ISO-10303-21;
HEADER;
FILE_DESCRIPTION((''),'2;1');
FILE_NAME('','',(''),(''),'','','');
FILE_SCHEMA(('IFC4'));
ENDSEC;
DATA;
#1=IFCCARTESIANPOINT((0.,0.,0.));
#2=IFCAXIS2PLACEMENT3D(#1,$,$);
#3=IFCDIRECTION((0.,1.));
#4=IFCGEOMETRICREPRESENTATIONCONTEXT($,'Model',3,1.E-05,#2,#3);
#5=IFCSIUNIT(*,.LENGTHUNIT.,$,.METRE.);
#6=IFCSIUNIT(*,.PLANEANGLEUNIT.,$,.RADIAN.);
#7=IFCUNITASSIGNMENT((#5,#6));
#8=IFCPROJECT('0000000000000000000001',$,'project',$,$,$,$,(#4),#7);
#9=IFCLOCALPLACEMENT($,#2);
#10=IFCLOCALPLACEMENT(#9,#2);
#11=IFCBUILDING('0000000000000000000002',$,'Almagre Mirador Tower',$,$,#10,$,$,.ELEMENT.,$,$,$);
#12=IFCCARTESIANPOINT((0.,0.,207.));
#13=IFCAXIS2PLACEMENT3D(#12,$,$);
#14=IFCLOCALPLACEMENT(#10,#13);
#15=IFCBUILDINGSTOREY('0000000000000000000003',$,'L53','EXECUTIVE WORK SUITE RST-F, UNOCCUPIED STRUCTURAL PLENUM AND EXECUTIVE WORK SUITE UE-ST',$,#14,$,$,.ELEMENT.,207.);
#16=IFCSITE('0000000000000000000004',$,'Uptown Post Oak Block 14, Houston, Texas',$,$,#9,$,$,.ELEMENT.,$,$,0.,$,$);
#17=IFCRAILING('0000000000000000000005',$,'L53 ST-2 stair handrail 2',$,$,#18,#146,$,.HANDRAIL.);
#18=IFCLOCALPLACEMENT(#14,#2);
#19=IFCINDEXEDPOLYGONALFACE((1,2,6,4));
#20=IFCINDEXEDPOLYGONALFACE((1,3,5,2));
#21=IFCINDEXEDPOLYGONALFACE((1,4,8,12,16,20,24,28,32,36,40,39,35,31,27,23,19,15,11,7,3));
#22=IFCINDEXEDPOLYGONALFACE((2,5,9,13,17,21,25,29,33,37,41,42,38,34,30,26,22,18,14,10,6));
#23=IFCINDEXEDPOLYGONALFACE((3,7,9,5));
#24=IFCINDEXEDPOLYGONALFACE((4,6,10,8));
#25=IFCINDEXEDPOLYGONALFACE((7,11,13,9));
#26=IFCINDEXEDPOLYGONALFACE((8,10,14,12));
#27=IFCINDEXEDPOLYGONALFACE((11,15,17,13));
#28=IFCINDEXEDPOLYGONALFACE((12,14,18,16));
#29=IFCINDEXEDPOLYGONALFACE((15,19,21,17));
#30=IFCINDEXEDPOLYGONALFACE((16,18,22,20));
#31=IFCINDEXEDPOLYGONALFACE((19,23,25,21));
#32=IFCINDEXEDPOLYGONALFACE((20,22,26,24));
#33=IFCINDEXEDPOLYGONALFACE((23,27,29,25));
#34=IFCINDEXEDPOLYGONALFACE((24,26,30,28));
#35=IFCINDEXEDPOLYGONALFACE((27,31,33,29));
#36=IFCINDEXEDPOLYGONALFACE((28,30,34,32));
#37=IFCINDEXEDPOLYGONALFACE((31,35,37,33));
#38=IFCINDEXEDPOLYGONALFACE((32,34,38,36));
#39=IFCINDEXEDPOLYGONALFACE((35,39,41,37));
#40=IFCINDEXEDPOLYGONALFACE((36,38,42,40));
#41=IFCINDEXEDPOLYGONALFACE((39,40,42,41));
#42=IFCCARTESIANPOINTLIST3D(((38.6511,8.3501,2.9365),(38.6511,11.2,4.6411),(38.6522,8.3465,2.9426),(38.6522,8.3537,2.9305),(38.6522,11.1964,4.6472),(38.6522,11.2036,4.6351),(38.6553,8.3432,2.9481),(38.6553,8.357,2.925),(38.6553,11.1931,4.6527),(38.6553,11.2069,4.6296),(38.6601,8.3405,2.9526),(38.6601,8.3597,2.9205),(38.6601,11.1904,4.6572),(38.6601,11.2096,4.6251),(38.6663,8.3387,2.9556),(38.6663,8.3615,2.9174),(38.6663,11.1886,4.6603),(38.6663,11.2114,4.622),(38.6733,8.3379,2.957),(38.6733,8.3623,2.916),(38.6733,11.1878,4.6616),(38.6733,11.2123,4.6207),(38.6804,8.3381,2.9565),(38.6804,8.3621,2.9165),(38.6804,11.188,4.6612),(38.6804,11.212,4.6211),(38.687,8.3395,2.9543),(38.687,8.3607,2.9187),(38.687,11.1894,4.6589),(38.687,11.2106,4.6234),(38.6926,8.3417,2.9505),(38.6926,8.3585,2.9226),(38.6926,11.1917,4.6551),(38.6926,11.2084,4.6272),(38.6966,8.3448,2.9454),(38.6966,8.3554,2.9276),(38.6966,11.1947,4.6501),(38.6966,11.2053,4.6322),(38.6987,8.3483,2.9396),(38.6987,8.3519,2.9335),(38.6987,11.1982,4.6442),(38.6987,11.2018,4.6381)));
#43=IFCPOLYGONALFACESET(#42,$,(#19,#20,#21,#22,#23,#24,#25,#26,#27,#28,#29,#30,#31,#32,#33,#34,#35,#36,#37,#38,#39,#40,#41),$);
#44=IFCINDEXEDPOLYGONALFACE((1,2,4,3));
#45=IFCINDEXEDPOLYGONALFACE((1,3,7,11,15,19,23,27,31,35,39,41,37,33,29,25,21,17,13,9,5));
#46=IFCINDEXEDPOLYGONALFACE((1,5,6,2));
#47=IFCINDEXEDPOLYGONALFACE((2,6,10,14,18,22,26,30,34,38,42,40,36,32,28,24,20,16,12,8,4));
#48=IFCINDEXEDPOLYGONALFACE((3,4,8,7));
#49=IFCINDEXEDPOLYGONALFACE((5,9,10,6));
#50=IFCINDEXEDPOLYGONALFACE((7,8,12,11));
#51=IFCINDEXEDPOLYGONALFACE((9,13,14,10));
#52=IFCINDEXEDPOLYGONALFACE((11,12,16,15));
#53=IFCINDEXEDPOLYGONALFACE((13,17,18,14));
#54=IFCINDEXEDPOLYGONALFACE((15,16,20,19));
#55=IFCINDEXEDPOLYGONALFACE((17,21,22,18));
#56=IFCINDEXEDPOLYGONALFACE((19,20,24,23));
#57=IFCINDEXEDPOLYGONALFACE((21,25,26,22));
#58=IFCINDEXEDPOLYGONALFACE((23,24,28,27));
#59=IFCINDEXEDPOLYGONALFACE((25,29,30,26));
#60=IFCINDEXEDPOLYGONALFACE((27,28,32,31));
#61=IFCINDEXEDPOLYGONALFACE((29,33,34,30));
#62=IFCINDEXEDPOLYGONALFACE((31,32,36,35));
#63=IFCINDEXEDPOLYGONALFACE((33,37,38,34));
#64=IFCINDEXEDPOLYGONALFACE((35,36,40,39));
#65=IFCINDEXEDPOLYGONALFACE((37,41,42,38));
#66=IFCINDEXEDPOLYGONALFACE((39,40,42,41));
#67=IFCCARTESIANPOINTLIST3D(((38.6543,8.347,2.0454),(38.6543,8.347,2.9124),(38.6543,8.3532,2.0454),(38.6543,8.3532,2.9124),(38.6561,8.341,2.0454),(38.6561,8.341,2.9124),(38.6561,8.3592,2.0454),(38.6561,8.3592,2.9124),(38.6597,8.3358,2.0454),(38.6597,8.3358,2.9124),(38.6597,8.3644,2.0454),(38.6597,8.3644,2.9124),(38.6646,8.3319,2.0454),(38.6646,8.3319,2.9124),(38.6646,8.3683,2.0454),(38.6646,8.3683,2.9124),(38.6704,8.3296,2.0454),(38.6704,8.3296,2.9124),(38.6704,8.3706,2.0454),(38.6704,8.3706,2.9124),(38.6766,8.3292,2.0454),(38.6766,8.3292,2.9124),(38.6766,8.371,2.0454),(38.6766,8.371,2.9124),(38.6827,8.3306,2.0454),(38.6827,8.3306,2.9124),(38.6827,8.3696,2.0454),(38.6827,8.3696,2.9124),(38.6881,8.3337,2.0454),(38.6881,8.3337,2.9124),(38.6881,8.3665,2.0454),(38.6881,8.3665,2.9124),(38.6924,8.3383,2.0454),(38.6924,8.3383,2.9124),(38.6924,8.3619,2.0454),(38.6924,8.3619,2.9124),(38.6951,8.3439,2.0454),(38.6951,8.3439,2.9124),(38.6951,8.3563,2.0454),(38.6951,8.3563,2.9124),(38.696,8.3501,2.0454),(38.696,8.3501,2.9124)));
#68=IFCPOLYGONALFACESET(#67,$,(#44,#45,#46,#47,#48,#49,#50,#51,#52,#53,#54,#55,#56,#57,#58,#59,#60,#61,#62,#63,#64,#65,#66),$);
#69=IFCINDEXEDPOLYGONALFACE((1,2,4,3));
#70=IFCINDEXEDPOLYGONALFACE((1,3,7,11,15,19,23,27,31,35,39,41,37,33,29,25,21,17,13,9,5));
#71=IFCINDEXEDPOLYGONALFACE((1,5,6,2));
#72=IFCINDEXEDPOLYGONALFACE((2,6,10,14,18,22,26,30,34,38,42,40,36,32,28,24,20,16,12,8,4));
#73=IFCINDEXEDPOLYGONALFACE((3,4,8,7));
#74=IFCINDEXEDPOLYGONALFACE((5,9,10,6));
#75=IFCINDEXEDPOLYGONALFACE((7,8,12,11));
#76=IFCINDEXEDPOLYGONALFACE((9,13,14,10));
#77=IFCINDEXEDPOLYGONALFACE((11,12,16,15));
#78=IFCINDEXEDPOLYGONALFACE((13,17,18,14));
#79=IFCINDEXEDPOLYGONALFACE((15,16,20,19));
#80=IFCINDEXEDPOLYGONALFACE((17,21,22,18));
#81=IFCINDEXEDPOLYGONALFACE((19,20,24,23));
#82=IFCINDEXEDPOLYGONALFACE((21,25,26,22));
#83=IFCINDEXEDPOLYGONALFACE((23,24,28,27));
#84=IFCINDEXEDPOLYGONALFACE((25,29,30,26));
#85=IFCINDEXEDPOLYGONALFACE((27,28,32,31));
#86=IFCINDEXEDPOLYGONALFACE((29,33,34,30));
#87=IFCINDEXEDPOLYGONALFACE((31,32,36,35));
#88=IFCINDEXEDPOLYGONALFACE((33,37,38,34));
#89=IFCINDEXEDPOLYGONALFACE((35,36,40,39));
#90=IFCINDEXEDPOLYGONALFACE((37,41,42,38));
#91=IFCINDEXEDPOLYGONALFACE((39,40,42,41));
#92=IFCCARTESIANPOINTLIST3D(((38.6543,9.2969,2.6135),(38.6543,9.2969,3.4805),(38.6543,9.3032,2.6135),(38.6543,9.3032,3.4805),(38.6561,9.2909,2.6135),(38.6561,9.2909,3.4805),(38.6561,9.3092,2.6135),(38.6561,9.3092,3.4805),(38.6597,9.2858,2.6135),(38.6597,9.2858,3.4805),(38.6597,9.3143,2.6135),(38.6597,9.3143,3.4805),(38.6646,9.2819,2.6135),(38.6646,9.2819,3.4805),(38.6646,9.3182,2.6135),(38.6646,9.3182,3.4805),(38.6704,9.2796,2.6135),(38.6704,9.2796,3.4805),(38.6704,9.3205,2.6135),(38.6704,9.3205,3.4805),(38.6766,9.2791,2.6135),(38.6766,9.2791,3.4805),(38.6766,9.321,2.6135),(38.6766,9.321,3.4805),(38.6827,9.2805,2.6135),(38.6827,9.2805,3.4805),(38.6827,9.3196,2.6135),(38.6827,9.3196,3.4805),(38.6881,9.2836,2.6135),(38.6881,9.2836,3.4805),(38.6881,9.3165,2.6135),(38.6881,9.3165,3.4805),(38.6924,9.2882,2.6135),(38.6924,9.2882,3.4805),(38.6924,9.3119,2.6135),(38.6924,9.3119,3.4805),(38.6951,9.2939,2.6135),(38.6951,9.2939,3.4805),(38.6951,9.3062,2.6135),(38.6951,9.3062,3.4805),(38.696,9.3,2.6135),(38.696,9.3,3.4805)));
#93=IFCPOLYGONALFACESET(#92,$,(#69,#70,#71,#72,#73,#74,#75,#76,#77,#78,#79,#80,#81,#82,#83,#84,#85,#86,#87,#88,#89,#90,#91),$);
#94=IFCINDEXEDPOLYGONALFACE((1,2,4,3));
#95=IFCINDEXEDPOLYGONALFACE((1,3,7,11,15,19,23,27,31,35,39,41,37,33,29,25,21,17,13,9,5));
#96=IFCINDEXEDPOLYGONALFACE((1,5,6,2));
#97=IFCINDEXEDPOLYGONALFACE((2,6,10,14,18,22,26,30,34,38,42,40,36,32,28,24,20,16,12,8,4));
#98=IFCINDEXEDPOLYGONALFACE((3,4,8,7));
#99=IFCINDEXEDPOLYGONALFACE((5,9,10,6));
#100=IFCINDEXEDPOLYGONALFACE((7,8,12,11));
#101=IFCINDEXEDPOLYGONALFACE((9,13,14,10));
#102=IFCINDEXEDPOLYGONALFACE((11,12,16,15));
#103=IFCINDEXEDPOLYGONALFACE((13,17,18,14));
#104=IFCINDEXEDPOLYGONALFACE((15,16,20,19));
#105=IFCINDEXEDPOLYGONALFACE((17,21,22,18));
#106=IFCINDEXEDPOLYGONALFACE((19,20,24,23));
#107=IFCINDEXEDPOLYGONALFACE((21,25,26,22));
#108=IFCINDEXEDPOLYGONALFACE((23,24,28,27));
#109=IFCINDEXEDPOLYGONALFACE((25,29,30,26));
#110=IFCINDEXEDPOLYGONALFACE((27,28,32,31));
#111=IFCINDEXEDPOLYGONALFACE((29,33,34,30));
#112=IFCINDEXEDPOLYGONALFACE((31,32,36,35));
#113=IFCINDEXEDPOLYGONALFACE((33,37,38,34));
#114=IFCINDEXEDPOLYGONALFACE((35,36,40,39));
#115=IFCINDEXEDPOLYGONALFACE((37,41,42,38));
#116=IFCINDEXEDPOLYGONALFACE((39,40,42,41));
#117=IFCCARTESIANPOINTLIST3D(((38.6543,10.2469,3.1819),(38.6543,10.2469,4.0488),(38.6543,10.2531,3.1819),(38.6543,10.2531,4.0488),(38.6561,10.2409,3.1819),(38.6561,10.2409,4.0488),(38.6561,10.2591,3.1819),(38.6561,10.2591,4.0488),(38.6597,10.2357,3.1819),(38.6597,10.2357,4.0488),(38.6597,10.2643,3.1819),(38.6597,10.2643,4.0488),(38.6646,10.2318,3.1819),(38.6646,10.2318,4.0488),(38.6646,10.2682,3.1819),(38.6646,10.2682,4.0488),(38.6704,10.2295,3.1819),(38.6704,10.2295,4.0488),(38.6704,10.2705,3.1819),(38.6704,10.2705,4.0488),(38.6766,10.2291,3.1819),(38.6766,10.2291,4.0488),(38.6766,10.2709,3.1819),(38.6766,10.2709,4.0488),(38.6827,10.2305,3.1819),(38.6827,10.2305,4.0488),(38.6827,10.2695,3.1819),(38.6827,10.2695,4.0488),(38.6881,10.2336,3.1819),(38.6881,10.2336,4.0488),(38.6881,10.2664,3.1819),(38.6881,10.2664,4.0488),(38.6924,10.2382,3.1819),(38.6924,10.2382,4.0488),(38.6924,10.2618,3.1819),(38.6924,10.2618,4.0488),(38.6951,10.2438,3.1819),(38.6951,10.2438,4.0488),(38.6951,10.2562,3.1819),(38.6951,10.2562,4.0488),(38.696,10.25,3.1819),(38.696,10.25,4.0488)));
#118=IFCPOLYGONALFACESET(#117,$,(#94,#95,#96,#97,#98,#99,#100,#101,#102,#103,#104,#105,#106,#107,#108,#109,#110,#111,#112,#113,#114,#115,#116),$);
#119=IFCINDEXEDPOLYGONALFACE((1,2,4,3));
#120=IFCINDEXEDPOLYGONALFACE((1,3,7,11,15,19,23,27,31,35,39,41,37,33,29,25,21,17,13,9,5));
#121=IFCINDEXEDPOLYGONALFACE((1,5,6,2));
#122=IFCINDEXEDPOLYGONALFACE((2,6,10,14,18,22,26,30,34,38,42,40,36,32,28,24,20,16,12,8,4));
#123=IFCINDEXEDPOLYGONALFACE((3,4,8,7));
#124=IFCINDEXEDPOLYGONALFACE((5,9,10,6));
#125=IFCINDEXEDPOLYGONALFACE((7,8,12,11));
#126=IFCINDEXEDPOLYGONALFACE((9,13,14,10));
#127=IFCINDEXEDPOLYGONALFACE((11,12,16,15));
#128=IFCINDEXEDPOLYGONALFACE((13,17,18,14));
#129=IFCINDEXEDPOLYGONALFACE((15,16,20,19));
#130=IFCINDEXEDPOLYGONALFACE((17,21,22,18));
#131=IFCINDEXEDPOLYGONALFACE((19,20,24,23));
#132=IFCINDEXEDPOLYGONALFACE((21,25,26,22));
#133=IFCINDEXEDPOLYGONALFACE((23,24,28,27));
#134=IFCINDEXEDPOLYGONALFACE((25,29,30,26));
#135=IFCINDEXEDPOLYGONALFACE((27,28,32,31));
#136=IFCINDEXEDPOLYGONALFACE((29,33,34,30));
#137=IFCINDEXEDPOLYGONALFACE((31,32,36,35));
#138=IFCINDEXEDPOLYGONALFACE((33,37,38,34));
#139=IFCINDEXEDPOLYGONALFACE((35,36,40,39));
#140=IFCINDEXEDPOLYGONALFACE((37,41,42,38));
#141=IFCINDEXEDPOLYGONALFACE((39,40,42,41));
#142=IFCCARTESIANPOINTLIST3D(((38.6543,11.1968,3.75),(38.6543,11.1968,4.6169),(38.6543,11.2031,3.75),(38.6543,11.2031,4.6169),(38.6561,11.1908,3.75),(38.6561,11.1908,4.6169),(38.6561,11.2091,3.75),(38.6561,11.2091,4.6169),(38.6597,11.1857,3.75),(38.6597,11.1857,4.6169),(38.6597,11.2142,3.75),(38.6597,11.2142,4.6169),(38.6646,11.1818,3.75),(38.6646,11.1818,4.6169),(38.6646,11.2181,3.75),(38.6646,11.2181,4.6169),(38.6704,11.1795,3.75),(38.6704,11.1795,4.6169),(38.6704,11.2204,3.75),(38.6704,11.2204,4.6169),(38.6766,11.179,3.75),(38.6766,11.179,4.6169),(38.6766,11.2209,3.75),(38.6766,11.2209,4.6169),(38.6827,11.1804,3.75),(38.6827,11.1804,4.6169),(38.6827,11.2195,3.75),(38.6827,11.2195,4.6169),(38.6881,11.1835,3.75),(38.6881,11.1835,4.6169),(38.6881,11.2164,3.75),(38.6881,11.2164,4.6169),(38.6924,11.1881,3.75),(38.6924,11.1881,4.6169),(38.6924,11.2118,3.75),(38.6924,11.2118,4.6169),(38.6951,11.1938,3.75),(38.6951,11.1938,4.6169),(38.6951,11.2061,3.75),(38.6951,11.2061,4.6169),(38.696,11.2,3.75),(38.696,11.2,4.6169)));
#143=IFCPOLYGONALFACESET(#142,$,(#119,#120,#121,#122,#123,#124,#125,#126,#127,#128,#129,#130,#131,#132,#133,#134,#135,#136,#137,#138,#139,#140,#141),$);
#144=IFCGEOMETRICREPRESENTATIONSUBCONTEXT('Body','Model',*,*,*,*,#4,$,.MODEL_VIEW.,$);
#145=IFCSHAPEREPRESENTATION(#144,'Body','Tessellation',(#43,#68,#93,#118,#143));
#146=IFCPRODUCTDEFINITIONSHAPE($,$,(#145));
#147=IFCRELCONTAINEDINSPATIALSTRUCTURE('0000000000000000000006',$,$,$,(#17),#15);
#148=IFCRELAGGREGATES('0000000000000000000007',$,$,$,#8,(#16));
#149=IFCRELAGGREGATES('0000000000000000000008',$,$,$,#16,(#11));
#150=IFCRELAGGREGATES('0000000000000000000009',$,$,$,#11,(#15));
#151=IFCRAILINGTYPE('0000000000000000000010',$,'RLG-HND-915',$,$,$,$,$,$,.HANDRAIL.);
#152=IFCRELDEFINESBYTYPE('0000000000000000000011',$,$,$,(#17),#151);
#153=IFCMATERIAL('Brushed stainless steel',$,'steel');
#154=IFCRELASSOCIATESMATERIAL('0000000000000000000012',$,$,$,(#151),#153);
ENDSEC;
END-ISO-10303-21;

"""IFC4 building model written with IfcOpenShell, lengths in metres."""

from ifc_helpers import new_model, si_unit, direction, frame, origin, origin_2d, place, context, subcontext, project, spatial, circle, extrude, material, type_object, element, save


model = new_model("IFC4")

# Units and contexts
model_context = context("Model", 3, precision=1e-05, world=origin(), true_north=direction((0.0, 1.0)))
body_context = subcontext(model_context, "Body", "Model", "MODEL_VIEW")
ifc_project = project(units=[si_unit("LENGTHUNIT", "METRE"), si_unit("PLANEANGLEUNIT", "RADIAN")], contexts=[model_context])

# Site, building, storey
site_placement = place(None, origin())
site = spatial("IfcSite", under=ifc_project, at=site_placement, Name="Uptown Post Oak Block 14, Houston, Texas", CompositionType="ELEMENT", RefElevation=0.0)
building_placement = place(site_placement, origin())
building = spatial("IfcBuilding", under=site, at=building_placement, Name="Almagre Mirador Tower", CompositionType="ELEMENT")
storey_placement = place(building_placement, frame((0.0, 0.0, 207.0)))
storey = spatial("IfcBuildingStorey", under=building, at=storey_placement, Name="L53", Description="EXECUTIVE WORK SUITE RST-F, UNOCCUPIED STRUCTURAL PLENUM AND EXECUTIVE WORK SUITE UE-ST", CompositionType="ELEMENT", Elevation=207.0)

# Railing
ifc_material_1 = material(Name="Brushed stainless steel", Category="steel")
railing_type_1 = type_object("IfcRailingType", Name="RLG-HND-915", PredefinedType="HANDRAIL", material=ifc_material_1)
railing_1_placement = place(storey_placement, frame((38.675, 8.3501, 2.0454)))
element("IfcRailing", 1, at=railing_1_placement, inside=storey, type_object=railing_type_1, Name="L53 ST-2 stair handrail 2", PredefinedType="HANDRAIL", context=body_context, shape_type="SweptSolid", body=[
    extrude(circle(Radius=0.0239, at=origin_2d()), frame((0.0, 0.0, 0.8911), z_axis=(0.0, 0.858199, 0.513317), x_axis=(-1.0, 0.0, 0.0)), (0.0, 0.0, 1.0), 3.3208),
    extrude(circle(Radius=0.021, at=origin_2d()), origin(), (0.0, 0.0, 1.0), 0.8669),
    extrude(circle(Radius=0.021, at=origin_2d()), frame((0.0, 0.95, 0.5681)), (0.0, 0.0, 1.0), 0.8669),
    extrude(circle(Radius=0.021, at=origin_2d()), frame((0.0, 1.8999, 1.1365)), (0.0, 0.0, 1.0), 0.8669),
    extrude(circle(Radius=0.021, at=origin_2d()), frame((0.0, 2.8499, 1.7046)), (0.0, 0.0, 1.0), 0.8669),
])

save(model, "model.ifc")
